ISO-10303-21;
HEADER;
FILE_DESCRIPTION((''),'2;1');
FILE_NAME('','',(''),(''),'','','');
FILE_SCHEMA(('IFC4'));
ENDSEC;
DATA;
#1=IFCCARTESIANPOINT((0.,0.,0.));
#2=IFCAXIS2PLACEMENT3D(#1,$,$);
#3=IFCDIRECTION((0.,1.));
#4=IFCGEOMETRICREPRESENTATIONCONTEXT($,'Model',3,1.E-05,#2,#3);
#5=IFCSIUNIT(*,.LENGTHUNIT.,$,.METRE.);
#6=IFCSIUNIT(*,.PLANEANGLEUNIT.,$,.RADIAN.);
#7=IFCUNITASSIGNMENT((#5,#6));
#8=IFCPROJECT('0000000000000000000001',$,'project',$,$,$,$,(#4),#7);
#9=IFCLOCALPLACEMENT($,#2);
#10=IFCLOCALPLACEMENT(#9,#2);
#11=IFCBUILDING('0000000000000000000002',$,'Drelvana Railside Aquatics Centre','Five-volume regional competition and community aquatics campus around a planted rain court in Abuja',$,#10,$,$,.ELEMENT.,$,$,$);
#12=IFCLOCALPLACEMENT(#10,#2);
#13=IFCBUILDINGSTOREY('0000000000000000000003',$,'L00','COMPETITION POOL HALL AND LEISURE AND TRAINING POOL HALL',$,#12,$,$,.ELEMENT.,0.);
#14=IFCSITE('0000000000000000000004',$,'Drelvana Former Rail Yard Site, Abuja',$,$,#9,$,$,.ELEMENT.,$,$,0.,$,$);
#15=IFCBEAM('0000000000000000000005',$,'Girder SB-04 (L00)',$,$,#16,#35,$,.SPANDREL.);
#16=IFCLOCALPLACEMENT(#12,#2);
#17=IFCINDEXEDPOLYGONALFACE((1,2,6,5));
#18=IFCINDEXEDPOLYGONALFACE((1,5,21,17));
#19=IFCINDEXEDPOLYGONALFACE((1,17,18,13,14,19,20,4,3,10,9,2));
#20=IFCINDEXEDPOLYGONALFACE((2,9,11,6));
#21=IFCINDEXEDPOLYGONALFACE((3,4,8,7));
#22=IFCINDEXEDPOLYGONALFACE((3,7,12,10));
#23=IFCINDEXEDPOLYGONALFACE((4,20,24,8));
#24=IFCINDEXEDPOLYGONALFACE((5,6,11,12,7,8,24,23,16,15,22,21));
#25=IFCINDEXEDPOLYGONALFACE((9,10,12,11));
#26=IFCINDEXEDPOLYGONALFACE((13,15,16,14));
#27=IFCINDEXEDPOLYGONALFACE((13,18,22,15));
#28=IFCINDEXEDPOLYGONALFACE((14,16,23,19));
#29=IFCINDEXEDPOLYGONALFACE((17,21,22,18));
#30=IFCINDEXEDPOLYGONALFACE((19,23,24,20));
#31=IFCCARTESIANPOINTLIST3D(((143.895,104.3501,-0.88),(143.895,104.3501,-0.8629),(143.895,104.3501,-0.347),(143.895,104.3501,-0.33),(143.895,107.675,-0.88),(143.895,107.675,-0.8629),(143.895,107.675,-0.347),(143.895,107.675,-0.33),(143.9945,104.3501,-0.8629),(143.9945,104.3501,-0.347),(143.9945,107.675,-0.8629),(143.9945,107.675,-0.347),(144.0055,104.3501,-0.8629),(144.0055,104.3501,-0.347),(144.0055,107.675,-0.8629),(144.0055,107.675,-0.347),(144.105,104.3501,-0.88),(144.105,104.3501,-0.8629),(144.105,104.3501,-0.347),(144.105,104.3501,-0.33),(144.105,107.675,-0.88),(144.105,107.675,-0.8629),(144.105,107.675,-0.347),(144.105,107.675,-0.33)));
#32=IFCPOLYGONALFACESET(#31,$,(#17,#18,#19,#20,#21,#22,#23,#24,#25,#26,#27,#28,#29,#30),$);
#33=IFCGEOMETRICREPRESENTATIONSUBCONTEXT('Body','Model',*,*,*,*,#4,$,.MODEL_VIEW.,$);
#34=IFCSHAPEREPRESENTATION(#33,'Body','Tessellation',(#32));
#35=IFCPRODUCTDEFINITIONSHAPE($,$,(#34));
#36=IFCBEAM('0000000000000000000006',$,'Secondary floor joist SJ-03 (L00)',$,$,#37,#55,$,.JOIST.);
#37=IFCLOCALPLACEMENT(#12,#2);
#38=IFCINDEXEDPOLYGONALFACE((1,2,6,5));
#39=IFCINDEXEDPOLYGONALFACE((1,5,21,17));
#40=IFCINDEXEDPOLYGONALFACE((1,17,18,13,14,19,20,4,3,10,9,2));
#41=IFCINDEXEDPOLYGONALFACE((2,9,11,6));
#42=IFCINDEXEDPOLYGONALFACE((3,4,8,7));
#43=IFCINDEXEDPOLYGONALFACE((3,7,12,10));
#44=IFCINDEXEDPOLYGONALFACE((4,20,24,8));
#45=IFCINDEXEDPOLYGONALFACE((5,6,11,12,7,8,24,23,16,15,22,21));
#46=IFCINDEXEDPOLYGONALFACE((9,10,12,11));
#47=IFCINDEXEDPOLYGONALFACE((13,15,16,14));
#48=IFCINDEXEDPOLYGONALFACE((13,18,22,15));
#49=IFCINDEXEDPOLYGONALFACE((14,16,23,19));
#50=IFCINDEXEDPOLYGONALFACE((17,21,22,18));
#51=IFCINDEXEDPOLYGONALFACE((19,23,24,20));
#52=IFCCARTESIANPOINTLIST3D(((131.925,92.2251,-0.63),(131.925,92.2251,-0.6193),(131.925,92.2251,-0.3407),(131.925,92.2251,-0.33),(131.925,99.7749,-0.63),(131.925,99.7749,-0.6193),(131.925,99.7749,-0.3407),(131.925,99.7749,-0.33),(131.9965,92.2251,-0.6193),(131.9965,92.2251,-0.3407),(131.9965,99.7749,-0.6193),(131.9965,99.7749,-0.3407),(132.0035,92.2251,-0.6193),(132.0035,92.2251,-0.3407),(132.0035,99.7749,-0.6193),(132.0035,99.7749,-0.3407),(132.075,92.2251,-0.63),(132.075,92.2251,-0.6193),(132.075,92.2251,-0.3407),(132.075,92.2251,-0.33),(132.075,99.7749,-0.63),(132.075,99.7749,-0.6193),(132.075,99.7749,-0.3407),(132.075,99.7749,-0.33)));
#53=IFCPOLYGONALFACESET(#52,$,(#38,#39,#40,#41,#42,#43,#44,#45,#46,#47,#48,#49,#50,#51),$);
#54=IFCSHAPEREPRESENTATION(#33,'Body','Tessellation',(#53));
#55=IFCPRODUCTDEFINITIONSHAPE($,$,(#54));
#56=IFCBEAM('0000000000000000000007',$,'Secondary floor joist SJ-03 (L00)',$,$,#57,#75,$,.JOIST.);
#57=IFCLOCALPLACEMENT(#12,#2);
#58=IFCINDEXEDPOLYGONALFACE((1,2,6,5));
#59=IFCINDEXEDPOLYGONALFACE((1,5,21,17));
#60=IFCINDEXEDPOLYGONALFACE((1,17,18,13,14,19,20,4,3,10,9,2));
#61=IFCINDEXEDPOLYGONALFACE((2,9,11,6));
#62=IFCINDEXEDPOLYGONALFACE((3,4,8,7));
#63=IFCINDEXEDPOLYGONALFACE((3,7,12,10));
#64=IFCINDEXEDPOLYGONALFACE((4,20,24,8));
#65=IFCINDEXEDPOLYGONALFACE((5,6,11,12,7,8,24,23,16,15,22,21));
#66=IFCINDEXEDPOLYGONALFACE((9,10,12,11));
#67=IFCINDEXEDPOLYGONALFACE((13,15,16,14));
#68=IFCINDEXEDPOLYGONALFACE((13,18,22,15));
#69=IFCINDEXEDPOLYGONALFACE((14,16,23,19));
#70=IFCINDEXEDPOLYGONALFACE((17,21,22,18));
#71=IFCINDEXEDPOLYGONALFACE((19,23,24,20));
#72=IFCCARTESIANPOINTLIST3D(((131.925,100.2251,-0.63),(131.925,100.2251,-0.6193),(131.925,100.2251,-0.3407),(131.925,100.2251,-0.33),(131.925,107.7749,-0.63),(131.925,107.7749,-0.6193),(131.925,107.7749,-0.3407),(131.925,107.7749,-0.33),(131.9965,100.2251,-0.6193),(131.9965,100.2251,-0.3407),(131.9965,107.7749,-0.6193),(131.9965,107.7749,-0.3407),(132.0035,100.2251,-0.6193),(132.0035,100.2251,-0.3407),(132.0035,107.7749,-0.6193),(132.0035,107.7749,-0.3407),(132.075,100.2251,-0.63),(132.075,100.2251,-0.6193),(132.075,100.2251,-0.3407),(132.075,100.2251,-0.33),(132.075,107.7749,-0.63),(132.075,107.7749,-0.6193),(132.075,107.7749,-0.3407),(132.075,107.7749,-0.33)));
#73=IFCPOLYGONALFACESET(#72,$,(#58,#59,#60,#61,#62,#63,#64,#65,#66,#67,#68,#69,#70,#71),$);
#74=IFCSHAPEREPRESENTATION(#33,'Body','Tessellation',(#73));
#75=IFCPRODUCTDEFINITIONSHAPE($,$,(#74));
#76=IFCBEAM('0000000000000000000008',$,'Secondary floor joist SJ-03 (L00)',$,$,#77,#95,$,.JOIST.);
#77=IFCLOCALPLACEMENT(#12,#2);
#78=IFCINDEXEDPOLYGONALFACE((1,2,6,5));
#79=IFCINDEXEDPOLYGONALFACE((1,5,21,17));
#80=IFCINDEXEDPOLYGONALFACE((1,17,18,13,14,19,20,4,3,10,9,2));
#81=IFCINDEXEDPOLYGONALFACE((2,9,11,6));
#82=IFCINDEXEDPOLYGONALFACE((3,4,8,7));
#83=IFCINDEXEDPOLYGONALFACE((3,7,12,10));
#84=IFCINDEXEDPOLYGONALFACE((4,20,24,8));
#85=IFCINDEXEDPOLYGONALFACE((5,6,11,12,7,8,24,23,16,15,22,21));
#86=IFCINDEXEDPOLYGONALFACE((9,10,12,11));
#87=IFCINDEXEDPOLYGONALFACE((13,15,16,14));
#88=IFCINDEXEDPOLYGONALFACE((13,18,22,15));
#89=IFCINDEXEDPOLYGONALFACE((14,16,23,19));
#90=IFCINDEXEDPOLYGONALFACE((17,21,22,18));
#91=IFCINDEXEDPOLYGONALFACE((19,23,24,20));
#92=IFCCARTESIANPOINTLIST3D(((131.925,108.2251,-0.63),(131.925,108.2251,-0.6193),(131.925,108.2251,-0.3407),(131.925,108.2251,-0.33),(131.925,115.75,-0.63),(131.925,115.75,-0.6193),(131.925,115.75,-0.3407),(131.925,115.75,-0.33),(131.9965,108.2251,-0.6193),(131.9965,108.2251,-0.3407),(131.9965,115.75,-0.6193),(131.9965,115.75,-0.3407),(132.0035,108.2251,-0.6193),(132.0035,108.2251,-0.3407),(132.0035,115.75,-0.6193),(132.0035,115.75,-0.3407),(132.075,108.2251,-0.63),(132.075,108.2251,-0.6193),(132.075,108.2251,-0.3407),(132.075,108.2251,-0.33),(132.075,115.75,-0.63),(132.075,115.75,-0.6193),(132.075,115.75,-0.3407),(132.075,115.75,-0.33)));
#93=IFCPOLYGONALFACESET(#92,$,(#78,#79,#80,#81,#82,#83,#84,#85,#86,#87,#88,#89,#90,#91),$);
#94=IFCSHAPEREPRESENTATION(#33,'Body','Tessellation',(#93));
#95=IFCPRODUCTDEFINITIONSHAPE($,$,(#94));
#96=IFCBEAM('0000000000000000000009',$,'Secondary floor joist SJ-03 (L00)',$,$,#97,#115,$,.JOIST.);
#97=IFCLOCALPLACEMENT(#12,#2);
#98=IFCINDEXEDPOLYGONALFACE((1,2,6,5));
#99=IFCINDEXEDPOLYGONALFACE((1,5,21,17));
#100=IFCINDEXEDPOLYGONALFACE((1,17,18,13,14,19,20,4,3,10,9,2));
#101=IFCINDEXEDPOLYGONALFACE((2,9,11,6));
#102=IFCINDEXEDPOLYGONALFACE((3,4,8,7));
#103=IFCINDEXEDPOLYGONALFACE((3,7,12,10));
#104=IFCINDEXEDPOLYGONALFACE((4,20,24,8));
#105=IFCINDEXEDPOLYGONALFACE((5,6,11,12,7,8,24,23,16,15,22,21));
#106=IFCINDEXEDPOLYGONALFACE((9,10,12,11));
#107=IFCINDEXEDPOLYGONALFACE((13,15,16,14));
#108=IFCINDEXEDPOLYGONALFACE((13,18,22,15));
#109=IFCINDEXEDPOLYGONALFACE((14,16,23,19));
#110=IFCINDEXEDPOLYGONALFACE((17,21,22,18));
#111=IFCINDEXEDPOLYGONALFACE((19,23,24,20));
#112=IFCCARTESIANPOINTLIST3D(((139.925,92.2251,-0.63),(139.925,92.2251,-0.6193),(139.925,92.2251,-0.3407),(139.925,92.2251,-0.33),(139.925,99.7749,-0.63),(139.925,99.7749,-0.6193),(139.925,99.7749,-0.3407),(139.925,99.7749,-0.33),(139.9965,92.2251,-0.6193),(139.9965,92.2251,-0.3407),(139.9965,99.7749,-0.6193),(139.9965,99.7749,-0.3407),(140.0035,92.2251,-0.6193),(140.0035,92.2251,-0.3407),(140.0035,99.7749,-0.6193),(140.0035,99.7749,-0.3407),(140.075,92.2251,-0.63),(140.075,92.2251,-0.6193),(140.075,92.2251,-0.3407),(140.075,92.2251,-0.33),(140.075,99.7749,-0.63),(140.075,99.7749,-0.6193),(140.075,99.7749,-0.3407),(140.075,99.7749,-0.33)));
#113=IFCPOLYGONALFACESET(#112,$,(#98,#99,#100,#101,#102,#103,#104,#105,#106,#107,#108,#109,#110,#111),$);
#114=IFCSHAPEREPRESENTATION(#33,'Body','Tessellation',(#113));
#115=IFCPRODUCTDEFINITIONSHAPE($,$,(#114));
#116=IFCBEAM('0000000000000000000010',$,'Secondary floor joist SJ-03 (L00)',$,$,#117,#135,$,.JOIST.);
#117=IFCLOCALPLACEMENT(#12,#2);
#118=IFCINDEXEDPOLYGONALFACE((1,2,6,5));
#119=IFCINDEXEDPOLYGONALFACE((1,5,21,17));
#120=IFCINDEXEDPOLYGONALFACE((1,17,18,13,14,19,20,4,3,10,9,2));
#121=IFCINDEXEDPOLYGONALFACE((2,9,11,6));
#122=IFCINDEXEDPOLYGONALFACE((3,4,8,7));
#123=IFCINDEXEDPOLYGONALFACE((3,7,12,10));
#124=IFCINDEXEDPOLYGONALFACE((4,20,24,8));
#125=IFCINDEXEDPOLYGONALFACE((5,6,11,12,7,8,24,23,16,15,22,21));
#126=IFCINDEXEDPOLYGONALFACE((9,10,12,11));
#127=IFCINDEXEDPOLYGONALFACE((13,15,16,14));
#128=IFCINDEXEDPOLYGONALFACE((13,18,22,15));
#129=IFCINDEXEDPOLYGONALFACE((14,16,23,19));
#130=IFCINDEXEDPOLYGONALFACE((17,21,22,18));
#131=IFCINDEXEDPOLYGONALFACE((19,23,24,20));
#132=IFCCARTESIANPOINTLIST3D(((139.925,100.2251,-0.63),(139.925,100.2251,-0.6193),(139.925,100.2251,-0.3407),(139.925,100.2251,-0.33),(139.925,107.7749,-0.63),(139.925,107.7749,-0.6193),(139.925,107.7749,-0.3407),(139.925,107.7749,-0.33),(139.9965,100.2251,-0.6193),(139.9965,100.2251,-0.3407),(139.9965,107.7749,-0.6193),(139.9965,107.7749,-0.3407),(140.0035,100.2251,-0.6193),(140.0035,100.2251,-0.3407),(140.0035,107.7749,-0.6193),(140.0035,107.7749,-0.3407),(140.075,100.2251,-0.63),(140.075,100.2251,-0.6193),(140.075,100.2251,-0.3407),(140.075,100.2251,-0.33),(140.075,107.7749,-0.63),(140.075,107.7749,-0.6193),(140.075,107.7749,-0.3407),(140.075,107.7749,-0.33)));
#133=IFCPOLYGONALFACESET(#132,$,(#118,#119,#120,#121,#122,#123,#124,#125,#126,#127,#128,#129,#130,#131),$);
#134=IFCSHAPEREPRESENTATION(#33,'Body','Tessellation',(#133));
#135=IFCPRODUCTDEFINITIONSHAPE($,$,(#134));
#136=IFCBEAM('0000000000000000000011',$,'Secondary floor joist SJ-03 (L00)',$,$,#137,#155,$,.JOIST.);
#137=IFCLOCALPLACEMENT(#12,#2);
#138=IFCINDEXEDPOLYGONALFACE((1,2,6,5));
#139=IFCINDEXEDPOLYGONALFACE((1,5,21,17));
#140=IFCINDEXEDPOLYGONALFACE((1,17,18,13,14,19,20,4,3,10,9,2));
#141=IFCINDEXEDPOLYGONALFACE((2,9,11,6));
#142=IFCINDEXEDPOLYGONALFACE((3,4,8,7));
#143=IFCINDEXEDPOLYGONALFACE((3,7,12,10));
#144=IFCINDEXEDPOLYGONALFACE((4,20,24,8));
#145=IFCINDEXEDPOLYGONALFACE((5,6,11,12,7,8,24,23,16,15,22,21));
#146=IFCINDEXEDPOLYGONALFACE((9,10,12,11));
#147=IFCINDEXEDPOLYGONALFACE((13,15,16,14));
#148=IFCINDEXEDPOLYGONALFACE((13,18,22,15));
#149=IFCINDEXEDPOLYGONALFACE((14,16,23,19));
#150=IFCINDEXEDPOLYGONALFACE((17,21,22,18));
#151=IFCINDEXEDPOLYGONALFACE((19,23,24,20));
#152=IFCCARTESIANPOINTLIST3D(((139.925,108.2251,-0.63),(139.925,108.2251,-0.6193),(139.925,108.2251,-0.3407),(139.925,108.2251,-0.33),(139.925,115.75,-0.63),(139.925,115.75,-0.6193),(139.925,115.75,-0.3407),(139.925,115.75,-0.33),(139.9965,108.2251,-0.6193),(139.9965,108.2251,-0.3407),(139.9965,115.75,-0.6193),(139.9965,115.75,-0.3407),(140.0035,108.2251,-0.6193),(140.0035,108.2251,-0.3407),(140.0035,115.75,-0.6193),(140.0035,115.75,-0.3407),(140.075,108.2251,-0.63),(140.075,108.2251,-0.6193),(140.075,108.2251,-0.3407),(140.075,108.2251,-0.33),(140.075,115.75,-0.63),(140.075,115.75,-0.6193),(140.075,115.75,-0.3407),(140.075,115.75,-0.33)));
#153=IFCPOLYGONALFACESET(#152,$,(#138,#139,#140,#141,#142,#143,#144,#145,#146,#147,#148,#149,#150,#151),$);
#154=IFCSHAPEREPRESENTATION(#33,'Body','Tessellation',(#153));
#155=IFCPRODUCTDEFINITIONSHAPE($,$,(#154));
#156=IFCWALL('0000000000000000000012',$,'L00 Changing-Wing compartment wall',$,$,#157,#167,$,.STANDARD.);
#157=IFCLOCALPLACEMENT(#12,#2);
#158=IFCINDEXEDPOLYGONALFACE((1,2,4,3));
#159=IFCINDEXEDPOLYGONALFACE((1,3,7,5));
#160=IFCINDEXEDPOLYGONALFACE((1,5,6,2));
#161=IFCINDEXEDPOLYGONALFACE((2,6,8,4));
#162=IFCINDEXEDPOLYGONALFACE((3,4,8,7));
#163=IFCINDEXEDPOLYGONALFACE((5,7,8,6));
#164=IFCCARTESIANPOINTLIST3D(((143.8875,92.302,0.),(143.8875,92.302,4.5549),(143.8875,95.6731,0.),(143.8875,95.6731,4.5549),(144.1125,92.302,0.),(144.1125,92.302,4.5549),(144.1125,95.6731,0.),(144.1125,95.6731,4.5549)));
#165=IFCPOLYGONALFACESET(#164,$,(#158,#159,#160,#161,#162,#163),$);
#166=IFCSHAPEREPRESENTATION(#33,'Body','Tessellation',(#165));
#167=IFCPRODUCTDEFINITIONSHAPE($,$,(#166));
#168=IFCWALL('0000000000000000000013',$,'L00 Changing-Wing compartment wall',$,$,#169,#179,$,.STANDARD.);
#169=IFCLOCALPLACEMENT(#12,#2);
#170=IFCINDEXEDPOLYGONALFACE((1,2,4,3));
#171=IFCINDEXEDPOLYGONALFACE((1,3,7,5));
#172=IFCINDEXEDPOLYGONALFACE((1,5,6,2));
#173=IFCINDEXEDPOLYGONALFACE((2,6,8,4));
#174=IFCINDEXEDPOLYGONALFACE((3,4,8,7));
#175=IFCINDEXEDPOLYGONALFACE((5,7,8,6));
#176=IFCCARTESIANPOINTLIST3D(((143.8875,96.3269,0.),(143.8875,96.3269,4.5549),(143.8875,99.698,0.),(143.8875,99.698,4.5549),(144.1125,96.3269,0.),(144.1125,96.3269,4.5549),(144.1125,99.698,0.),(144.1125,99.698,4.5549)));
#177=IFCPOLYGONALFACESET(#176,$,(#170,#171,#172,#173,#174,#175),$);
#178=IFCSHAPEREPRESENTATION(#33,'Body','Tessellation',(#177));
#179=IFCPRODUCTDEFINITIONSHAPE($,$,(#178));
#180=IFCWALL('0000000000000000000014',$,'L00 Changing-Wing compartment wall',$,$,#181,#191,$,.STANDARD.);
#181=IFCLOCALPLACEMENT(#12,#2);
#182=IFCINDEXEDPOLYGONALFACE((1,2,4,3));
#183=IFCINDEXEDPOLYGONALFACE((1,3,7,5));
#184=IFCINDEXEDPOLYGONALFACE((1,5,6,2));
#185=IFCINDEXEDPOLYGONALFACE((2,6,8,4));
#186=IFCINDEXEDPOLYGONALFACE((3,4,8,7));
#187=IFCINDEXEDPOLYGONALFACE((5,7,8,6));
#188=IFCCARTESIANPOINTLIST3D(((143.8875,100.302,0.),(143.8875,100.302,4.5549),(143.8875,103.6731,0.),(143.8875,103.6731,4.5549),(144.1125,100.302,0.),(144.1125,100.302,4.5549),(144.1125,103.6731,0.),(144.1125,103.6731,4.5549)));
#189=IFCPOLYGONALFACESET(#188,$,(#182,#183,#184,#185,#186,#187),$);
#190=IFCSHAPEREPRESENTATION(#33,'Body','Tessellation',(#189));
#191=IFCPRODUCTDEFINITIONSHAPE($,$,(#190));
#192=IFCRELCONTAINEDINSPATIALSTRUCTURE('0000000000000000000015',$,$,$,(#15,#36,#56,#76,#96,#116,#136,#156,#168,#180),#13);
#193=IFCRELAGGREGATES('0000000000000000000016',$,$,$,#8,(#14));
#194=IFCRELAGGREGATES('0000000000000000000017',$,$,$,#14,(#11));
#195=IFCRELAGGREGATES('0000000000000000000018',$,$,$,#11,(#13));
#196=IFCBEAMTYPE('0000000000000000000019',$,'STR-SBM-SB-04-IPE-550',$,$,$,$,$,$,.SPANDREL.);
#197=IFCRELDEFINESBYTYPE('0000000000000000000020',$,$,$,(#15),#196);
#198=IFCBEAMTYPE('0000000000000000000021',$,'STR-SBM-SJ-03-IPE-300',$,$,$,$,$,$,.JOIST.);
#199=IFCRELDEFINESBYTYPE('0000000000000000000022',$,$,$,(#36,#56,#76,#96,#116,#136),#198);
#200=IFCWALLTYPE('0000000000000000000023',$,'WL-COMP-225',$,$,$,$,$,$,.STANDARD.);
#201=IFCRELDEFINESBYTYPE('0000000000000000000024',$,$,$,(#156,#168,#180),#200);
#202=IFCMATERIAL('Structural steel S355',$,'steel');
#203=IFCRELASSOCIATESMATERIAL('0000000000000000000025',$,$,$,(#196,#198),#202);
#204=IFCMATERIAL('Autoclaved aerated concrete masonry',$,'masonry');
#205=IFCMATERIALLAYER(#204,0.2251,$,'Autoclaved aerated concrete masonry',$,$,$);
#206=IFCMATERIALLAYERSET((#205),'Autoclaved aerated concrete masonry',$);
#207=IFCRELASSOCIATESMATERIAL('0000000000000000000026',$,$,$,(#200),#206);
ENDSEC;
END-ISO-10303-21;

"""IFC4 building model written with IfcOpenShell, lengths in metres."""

from ifc_helpers import new_model, si_unit, direction, frame, frame_2d, origin, origin_2d, place, context, subcontext, project, spatial, rectangle, i_section, extrude, material, layer, layer_set, material_profile, profile_set, type_object, element, save


model = new_model("IFC4")

# Units and contexts
model_context = context("Model", 3, precision=1e-05, world=origin(), true_north=direction((0.0, 1.0)))
body_context = subcontext(model_context, "Body", "Model", "MODEL_VIEW")
ifc_project = project(units=[si_unit("LENGTHUNIT", "METRE"), si_unit("PLANEANGLEUNIT", "RADIAN")], contexts=[model_context])

# Site, building, storey
site_placement = place(None, origin())
site = spatial("IfcSite", under=ifc_project, at=site_placement, Name="Drelvana Former Rail Yard Site, Abuja", CompositionType="ELEMENT", RefElevation=0.0)
building_placement = place(site_placement, origin())
building = spatial("IfcBuilding", under=site, at=building_placement, Name="Drelvana Railside Aquatics Centre", Description="Five-volume regional competition and community aquatics campus around a planted rain court in Abuja", CompositionType="ELEMENT")
storey_placement = place(building_placement, origin())
storey = spatial("IfcBuildingStorey", under=building, at=storey_placement, Name="L00", Description="COMPETITION POOL HALL AND LEISURE AND TRAINING POOL HALL", CompositionType="ELEMENT", Elevation=0.0)

# Beams
ifc_material_1 = material(Name="Structural steel S355", Category="steel")
ifc_material_profile_1 = material_profile(ifc_material_1, i_section(OverallWidth=0.21, OverallDepth=0.55, WebThickness=0.011, FlangeThickness=0.0171, at=origin_2d()), Name="IPE 550")
ifc_profile_set_1 = profile_set([ifc_material_profile_1], Name="Structural steel S355")
beam_type_1 = type_object("IfcBeamType", Name="STR-SBM-SB-04-IPE-550", PredefinedType="SPANDREL", material=ifc_profile_set_1)
for number, where, z_axis, x_axis, name in (
    (1, (144.0, 104.3501, -0.605), (0.0, 1.0, 0.0), (-1.0, 0.0, 0.0), "Girder SB-04 (L00)"),
):
    element("IfcBeam", number, at=place(storey_placement, frame(where, z_axis=z_axis, x_axis=x_axis)), inside=storey, type_object=beam_type_1, Name=name, PredefinedType="SPANDREL", context=body_context, shape_type="SweptSolid", body=[
        extrude(i_section(OverallWidth=0.21, OverallDepth=0.55, WebThickness=0.011, FlangeThickness=0.0171, at=origin_2d()), origin(), (0.0, 0.0, 1.0), 3.325),
    ])
ifc_material_profile_2 = material_profile(ifc_material_1, i_section(OverallWidth=0.1499, OverallDepth=0.3, WebThickness=0.0071, FlangeThickness=0.0107, at=origin_2d()), Name="IPE 300")
ifc_profile_set_2 = profile_set([ifc_material_profile_2], Name="Structural steel S355")
beam_type_2 = type_object("IfcBeamType", Name="STR-SBM-SJ-03-IPE-300", PredefinedType="JOIST", material=ifc_profile_set_2)
for number, where, z_axis, x_axis, name in (
    (2, (132.0, 92.2251, -0.48), (0.0, 1.0, 0.0), (-1.0, 0.0, 0.0), "Secondary floor joist SJ-03 (L00)"),
    (3, (132.0, 100.2251, -0.48), (0.0, 1.0, 0.0), (-1.0, 0.0, 0.0), "Secondary floor joist SJ-03 (L00)"),
):
    element("IfcBeam", number, at=place(storey_placement, frame(where, z_axis=z_axis, x_axis=x_axis)), inside=storey, type_object=beam_type_2, Name=name, PredefinedType="JOIST", context=body_context, shape_type="SweptSolid", body=[
        extrude(i_section(OverallWidth=0.1499, OverallDepth=0.3, WebThickness=0.0071, FlangeThickness=0.0107, at=origin_2d()), origin(), (0.0, 0.0, 1.0), 7.5498),
    ])
beam_1_placement = place(storey_placement, frame((132.0, 108.2251, -0.48), z_axis=(0.0, 1.0, 0.0), x_axis=(-1.0, 0.0, 0.0)))
element("IfcBeam", 4, at=beam_1_placement, inside=storey, type_object=beam_type_2, Name="Secondary floor joist SJ-03 (L00)", PredefinedType="JOIST", context=body_context, shape_type="SweptSolid", body=[
    extrude(i_section(OverallWidth=0.1499, OverallDepth=0.3, WebThickness=0.0071, FlangeThickness=0.0107, at=origin_2d()), origin(), (0.0, 0.0, 1.0), 7.5249),
])
for number, where, z_axis, x_axis, name in (
    (5, (140.0, 92.2251, -0.48), (0.0, 1.0, 0.0), (-1.0, 0.0, 0.0), "Secondary floor joist SJ-03 (L00)"),
    (6, (140.0, 100.2251, -0.48), (0.0, 1.0, 0.0), (-1.0, 0.0, 0.0), "Secondary floor joist SJ-03 (L00)"),
):
    element("IfcBeam", number, at=place(storey_placement, frame(where, z_axis=z_axis, x_axis=x_axis)), inside=storey, type_object=beam_type_2, Name=name, PredefinedType="JOIST", context=body_context, shape_type="SweptSolid", body=[
        extrude(i_section(OverallWidth=0.1499, OverallDepth=0.3, WebThickness=0.0071, FlangeThickness=0.0107, at=origin_2d()), origin(), (0.0, 0.0, 1.0), 7.5498),
    ])
beam_2_placement = place(storey_placement, frame((140.0, 108.2251, -0.48), z_axis=(0.0, 1.0, 0.0), x_axis=(-1.0, 0.0, 0.0)))
element("IfcBeam", 7, at=beam_2_placement, inside=storey, type_object=beam_type_2, Name="Secondary floor joist SJ-03 (L00)", PredefinedType="JOIST", context=body_context, shape_type="SweptSolid", body=[
    extrude(i_section(OverallWidth=0.1499, OverallDepth=0.3, WebThickness=0.0071, FlangeThickness=0.0107, at=origin_2d()), origin(), (0.0, 0.0, 1.0), 7.5249),
])

# Walls
ifc_material_2 = material(Name="Autoclaved aerated concrete masonry", Category="masonry")
ifc_layer_1 = layer(ifc_material_2, 0.2251, Name="Autoclaved aerated concrete masonry")
ifc_layer_set_1 = layer_set([ifc_layer_1], Name="Autoclaved aerated concrete masonry")
wall_type_1 = type_object("IfcWallType", Name="WL-COMP-225", PredefinedType="STANDARD", material=ifc_layer_set_1)
for number, where, z_axis, x_axis, name in (
    (8, (144.0, 92.302, 0.0), (0.0, 0.0, 1.0), (0.0, 1.0, 0.0), "L00 Changing-Wing compartment wall"),
    (9, (144.0, 96.3269, 0.0), (0.0, 0.0, 1.0), (0.0, 1.0, 0.0), "L00 Changing-Wing compartment wall"),
    (10, (144.0, 100.302, 0.0), (0.0, 0.0, 1.0), (0.0, 1.0, 0.0), "L00 Changing-Wing compartment wall"),
):
    element("IfcWall", number, at=place(storey_placement, frame(where, z_axis=z_axis, x_axis=x_axis)), inside=storey, type_object=wall_type_1, Name=name, PredefinedType="STANDARD", context=body_context, shape_type="SweptSolid", body=[
        extrude(rectangle(XDim=3.3711, YDim=0.2251, at=frame_2d((1.6855, 0.0))), origin(), (0.0, 0.0, 1.0), 4.5549),
    ])

save(model, "model.ifc")
